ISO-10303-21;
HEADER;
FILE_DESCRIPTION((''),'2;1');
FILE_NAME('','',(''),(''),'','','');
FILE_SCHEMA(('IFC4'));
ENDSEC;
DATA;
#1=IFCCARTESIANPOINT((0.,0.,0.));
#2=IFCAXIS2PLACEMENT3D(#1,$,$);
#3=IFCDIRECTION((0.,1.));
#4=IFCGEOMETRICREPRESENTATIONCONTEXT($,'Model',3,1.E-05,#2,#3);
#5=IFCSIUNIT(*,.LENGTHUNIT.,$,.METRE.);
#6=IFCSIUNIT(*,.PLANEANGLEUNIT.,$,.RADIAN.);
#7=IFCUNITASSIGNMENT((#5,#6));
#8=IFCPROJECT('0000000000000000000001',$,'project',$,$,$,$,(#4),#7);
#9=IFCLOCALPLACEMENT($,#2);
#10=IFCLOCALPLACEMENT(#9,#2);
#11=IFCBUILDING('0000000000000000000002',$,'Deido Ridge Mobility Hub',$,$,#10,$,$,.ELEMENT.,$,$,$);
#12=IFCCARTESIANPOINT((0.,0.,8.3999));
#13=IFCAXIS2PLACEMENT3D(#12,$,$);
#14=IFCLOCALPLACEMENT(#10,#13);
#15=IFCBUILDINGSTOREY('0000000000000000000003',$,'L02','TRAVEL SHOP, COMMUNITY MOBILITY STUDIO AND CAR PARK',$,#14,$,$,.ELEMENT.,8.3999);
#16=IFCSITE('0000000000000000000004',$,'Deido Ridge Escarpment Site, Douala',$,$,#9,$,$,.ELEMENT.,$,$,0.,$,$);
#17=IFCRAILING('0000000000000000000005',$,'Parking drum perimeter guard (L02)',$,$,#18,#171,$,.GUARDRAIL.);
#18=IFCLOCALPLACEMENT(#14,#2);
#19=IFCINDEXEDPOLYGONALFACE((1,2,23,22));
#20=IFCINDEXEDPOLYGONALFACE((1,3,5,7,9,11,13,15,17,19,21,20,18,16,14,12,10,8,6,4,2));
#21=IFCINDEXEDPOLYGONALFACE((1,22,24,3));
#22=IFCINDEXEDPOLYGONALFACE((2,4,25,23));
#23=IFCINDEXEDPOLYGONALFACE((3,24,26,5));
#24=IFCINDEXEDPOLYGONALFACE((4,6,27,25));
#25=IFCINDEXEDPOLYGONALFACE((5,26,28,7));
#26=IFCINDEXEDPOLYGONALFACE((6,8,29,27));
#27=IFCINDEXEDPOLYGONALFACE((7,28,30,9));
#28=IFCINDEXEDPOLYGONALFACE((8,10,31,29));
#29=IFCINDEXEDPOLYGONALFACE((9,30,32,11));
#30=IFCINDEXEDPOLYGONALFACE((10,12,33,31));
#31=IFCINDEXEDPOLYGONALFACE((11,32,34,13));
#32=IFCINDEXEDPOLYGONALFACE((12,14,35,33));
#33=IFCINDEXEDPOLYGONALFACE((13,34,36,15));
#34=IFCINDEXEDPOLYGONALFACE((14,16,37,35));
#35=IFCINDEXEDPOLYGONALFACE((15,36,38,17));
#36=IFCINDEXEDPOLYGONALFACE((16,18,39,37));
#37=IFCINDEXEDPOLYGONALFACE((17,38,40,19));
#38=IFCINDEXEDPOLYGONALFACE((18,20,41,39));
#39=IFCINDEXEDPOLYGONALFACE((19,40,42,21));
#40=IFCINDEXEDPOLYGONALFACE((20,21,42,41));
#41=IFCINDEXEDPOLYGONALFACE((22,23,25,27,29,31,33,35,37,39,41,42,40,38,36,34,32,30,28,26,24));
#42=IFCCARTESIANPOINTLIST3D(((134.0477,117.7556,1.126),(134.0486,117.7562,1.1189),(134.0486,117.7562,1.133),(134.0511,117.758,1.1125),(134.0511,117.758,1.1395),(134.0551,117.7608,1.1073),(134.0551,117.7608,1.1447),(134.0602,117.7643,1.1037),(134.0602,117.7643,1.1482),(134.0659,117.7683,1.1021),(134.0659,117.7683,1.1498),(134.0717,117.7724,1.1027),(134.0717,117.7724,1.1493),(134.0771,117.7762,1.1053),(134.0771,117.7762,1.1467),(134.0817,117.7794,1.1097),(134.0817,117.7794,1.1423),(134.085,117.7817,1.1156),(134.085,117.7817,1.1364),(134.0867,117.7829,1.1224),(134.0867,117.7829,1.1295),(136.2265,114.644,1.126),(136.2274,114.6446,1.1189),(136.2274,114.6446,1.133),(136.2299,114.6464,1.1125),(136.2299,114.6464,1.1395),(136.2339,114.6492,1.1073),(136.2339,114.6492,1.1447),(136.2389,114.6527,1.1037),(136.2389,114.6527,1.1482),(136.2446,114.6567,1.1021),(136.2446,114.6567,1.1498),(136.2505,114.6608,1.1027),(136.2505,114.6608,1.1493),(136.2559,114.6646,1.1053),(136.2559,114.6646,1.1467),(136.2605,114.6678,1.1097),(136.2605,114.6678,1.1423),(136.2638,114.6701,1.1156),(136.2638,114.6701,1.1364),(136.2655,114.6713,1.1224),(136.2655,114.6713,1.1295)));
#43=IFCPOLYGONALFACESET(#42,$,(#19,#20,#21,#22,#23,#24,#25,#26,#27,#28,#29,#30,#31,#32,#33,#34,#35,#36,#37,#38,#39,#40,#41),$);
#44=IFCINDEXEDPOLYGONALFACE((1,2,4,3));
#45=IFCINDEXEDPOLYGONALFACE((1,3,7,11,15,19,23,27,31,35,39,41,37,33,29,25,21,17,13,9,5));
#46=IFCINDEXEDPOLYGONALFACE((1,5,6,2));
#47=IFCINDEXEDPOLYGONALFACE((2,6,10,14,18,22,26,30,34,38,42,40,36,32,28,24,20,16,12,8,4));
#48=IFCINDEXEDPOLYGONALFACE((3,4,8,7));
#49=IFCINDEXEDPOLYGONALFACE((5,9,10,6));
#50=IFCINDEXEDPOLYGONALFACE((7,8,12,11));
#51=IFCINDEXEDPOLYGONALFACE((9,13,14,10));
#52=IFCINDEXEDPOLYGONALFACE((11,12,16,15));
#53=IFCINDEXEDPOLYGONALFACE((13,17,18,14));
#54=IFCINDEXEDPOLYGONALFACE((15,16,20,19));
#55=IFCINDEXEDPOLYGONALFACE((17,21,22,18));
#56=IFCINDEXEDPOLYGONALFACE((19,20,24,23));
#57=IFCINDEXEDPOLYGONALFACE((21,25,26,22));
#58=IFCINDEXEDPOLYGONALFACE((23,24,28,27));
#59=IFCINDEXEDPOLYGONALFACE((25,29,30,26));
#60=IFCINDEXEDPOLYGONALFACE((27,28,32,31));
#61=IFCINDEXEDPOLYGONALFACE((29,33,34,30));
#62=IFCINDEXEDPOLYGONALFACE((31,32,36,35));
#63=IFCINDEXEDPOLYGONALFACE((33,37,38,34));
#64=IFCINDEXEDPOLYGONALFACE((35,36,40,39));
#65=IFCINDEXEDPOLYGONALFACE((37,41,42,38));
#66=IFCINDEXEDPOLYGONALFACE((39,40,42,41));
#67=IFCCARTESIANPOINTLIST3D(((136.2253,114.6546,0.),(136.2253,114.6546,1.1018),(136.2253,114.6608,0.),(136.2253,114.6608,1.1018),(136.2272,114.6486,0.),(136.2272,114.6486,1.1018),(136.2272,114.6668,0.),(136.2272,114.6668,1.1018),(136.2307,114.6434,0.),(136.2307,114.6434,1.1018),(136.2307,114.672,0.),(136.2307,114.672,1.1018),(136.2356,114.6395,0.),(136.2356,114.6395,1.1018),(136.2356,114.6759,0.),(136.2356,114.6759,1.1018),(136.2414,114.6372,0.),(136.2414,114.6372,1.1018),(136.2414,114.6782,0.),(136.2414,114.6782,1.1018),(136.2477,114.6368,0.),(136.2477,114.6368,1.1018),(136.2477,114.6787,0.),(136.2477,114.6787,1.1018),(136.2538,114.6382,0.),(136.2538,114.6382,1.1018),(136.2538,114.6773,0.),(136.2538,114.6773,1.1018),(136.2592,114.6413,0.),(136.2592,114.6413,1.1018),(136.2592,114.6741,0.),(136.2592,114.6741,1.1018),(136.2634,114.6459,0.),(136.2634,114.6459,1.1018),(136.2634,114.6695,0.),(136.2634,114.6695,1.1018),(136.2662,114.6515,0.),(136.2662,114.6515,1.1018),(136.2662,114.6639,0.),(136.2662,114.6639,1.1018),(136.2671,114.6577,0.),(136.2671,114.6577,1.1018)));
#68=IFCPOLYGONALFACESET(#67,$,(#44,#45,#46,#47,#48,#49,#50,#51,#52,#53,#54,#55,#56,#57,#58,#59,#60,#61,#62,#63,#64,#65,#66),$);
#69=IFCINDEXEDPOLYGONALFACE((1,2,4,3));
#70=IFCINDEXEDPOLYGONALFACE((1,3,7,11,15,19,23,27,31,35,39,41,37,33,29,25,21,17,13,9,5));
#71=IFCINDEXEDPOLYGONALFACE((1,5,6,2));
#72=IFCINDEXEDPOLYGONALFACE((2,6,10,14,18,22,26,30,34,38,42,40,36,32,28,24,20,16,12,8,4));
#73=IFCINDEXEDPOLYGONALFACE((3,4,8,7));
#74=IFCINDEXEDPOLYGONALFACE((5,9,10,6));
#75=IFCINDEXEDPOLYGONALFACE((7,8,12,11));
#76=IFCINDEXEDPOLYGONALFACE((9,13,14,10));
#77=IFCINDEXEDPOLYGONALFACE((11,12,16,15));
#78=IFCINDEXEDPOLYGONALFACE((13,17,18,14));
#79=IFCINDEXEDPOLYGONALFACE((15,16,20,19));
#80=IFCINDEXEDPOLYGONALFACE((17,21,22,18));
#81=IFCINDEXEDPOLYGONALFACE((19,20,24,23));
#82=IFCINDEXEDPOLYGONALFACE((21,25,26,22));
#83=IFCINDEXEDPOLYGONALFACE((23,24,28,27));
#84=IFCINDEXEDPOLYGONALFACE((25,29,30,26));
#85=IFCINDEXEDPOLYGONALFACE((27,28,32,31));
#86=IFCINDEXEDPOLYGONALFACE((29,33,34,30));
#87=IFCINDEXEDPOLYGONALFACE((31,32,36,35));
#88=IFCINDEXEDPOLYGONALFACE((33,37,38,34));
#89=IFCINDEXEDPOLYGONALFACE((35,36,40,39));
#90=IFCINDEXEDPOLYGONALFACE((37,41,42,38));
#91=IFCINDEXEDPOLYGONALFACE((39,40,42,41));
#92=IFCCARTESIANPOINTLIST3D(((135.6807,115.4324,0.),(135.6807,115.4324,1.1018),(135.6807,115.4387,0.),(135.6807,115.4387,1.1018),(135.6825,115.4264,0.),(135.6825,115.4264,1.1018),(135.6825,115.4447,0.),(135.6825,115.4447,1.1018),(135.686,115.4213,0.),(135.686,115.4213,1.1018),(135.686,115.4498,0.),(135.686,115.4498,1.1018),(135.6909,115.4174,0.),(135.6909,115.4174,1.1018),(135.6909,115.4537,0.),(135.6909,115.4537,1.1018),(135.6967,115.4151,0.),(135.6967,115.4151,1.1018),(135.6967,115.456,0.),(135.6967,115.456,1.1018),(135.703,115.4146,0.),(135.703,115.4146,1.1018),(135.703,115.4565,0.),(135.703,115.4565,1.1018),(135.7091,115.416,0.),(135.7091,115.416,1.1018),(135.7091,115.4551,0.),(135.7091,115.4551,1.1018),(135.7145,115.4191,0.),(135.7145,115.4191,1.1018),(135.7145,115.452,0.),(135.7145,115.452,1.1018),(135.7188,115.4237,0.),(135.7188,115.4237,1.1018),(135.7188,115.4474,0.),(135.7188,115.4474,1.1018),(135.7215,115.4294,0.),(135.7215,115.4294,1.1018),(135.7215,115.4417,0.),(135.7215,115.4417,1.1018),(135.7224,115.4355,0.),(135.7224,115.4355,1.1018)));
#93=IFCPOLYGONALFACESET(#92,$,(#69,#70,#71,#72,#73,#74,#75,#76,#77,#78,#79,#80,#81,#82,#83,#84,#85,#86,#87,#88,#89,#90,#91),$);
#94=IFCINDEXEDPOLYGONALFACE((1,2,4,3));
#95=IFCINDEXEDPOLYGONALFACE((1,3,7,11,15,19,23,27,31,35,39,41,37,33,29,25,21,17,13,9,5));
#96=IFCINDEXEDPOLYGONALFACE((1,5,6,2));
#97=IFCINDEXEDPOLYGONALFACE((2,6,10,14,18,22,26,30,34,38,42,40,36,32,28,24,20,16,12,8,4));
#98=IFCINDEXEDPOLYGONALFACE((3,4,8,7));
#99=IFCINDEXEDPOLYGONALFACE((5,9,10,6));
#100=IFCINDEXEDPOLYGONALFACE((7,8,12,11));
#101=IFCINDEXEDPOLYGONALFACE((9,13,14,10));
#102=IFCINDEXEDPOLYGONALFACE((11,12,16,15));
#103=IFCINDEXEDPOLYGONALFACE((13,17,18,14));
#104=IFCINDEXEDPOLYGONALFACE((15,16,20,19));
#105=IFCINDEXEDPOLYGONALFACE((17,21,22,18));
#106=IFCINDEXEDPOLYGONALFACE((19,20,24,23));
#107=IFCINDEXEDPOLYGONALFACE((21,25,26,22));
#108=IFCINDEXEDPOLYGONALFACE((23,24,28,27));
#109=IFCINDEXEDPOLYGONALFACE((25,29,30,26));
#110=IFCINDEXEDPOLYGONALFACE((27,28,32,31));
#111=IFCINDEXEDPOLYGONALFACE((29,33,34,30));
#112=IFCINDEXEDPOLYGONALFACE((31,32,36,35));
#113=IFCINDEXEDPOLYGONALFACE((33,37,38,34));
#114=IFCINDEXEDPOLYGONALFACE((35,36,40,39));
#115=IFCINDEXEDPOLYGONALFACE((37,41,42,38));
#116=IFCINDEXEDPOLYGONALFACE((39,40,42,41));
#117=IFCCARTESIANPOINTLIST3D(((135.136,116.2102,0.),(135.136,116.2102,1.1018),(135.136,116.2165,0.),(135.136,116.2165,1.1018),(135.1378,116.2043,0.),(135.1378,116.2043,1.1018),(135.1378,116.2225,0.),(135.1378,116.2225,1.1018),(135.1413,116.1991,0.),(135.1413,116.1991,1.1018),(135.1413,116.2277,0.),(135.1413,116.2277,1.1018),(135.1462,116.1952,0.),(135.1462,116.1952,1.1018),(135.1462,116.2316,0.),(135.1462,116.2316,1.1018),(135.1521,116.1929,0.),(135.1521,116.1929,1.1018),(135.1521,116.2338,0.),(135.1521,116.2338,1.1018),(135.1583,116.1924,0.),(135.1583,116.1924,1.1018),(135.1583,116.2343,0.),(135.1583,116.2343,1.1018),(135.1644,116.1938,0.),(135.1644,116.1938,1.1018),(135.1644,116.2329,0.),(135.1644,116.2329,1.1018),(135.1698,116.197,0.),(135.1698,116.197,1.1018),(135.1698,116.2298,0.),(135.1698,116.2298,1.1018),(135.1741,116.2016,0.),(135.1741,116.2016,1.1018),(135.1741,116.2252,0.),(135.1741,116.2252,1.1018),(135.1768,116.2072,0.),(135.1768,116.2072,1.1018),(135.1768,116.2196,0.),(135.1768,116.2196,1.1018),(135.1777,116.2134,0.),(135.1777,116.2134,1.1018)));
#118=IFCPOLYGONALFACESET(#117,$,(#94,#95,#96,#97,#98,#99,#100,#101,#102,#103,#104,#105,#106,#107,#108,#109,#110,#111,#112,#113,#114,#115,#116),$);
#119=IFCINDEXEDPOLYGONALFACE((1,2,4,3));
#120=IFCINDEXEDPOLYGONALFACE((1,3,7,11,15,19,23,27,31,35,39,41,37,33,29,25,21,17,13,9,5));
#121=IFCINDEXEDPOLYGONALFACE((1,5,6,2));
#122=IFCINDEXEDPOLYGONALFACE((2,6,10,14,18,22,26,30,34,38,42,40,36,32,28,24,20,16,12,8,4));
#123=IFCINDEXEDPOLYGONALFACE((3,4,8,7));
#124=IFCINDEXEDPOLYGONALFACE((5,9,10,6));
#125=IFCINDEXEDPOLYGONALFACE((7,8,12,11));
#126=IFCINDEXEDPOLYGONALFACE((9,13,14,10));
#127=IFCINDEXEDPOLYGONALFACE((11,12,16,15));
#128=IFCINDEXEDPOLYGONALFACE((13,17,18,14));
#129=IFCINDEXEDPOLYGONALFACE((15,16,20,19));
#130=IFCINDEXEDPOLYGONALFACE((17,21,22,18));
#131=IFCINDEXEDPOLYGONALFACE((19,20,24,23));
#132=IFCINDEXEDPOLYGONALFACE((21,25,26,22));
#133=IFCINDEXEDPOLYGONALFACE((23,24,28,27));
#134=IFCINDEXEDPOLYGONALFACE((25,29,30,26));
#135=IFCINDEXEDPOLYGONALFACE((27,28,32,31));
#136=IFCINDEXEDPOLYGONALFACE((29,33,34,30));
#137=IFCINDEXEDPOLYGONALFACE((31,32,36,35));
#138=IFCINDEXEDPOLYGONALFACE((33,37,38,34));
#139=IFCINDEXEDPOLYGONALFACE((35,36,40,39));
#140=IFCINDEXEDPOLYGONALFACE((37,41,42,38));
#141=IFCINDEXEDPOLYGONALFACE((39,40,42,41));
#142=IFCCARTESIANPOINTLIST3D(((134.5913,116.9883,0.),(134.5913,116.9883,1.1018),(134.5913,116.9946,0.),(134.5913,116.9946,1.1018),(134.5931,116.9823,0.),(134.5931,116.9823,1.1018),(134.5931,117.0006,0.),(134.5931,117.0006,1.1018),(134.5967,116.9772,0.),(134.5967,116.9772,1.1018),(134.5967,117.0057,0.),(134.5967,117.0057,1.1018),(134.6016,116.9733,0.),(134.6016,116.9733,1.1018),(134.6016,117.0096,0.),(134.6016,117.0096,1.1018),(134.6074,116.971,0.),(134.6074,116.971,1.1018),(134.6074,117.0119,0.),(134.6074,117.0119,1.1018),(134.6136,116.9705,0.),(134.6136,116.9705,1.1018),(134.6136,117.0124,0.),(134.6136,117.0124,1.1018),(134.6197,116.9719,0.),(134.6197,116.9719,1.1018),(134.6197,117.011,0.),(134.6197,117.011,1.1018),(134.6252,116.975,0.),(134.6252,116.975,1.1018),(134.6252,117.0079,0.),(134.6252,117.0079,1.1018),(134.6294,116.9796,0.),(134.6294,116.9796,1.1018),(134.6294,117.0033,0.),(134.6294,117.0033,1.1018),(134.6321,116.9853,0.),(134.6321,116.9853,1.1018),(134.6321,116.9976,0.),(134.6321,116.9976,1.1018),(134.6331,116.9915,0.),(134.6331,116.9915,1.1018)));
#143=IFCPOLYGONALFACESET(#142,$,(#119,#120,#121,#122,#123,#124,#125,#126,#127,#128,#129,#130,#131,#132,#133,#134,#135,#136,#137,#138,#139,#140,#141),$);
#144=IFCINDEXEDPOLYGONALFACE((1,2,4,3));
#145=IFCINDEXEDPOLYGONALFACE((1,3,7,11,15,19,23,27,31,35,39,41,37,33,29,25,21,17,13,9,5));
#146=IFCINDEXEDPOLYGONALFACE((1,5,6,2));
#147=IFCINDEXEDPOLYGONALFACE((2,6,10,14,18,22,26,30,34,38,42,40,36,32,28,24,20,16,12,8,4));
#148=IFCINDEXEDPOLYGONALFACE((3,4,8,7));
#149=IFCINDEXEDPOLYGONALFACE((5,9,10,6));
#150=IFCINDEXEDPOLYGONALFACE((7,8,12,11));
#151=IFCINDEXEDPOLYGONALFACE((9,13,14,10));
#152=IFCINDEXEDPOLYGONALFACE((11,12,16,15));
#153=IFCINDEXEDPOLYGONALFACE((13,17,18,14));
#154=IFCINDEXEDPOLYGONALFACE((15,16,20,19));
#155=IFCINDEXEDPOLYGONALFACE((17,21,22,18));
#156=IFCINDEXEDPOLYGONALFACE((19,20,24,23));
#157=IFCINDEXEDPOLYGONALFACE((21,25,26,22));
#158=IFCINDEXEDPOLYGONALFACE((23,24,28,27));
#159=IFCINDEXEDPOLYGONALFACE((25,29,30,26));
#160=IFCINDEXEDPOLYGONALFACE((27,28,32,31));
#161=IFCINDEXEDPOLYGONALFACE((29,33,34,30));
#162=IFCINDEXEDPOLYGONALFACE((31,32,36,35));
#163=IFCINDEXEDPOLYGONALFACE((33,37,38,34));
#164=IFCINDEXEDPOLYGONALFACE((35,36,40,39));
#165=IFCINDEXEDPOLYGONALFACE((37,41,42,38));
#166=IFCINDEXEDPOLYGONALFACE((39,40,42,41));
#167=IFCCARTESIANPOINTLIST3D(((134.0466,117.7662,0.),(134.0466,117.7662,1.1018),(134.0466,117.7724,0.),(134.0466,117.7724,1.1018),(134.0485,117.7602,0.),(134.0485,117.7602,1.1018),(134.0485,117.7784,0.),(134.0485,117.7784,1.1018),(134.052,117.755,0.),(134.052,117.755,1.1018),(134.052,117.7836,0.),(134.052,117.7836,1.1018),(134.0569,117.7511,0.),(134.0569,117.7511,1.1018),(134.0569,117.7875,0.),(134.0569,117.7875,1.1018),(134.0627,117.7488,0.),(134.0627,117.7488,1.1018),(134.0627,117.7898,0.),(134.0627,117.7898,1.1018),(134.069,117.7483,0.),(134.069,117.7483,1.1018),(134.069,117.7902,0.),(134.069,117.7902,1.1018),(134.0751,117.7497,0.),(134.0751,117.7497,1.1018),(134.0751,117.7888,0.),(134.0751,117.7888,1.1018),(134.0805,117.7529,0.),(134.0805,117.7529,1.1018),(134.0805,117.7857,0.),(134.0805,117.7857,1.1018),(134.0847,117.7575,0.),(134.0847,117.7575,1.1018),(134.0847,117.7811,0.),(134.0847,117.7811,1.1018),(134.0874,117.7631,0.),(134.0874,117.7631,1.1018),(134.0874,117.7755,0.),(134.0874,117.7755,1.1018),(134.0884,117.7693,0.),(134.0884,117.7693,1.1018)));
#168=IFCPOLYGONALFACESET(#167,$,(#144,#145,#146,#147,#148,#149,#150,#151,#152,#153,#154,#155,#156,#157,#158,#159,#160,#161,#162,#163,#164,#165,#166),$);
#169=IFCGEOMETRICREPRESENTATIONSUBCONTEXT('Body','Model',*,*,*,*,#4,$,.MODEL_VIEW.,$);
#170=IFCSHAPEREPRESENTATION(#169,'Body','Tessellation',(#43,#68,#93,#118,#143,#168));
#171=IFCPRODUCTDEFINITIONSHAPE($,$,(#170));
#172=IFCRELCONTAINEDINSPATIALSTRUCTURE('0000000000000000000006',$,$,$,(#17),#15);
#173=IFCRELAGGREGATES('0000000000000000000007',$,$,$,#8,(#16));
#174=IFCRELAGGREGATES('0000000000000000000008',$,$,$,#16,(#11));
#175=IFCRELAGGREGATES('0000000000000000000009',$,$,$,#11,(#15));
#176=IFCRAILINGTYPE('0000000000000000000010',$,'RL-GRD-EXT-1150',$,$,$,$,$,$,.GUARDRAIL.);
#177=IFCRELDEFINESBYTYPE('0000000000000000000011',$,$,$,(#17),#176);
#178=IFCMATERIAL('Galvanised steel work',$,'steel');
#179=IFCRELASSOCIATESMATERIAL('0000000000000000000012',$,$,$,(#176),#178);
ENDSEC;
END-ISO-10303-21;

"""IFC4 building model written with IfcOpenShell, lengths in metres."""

from ifc_helpers import new_model, si_unit, direction, frame, origin, origin_2d, place, context, subcontext, project, spatial, circle, extrude, material, type_object, element, save


model = new_model("IFC4")

# Units and contexts
model_context = context("Model", 3, precision=1e-05, world=origin(), true_north=direction((0.0, 1.0)))
body_context = subcontext(model_context, "Body", "Model", "MODEL_VIEW")
ifc_project = project(units=[si_unit("LENGTHUNIT", "METRE"), si_unit("PLANEANGLEUNIT", "RADIAN")], contexts=[model_context])

# Site, building, storey
site_placement = place(None, origin())
site = spatial("IfcSite", under=ifc_project, at=site_placement, Name="Deido Ridge Escarpment Site, Douala", CompositionType="ELEMENT", RefElevation=0.0)
building_placement = place(site_placement, origin())
building = spatial("IfcBuilding", under=site, at=building_placement, Name="Deido Ridge Mobility Hub", CompositionType="ELEMENT")
storey_placement = place(building_placement, frame((0.0, 0.0, 8.3999)))
storey = spatial("IfcBuildingStorey", under=building, at=storey_placement, Name="L02", Description="TRAVEL SHOP, COMMUNITY MOBILITY STUDIO AND CAR PARK", CompositionType="ELEMENT", Elevation=8.3999)

# Railing
ifc_material_1 = material(Name="Galvanised steel work", Category="steel")
railing_type = type_object("IfcRailingType", Name="RL-GRD-EXT-1150", PredefinedType="GUARDRAIL", material=ifc_material_1)
railing_1_placement = place(storey_placement, frame((136.2461, 114.6577, 0.0)))
element("IfcRailing", 1, at=railing_1_placement, inside=storey, type_object=railing_type, Name="Parking drum perimeter guard (L02)", PredefinedType="GUARDRAIL", context=body_context, shape_type="SweptSolid", body=[
    extrude(circle(Radius=0.0239, at=origin_2d()), frame((0.0, 0.0, 1.126), z_axis=(-0.57357, 0.819156, 0.0), x_axis=(-0.819156, -0.57357, 0.0)), (0.0, 0.0, 1.0), 3.7986),
    extrude(circle(Radius=0.021, at=origin_2d()), origin(), (0.0, 0.0, 1.0), 1.1018),
    extrude(circle(Radius=0.021, at=origin_2d()), frame((-0.5447, 0.7778, 0.0)), (0.0, 0.0, 1.0), 1.1018),
    extrude(circle(Radius=0.021, at=origin_2d()), frame((-1.0894, 1.5557, 0.0)), (0.0, 0.0, 1.0), 1.1018),
    extrude(circle(Radius=0.021, at=origin_2d()), frame((-1.634, 2.3337, 0.0)), (0.0, 0.0, 1.0), 1.1018),
    extrude(circle(Radius=0.021, at=origin_2d()), frame((-2.1787, 3.1116, 0.0)), (0.0, 0.0, 1.0), 1.1018),
])

save(model, "model.ifc")
